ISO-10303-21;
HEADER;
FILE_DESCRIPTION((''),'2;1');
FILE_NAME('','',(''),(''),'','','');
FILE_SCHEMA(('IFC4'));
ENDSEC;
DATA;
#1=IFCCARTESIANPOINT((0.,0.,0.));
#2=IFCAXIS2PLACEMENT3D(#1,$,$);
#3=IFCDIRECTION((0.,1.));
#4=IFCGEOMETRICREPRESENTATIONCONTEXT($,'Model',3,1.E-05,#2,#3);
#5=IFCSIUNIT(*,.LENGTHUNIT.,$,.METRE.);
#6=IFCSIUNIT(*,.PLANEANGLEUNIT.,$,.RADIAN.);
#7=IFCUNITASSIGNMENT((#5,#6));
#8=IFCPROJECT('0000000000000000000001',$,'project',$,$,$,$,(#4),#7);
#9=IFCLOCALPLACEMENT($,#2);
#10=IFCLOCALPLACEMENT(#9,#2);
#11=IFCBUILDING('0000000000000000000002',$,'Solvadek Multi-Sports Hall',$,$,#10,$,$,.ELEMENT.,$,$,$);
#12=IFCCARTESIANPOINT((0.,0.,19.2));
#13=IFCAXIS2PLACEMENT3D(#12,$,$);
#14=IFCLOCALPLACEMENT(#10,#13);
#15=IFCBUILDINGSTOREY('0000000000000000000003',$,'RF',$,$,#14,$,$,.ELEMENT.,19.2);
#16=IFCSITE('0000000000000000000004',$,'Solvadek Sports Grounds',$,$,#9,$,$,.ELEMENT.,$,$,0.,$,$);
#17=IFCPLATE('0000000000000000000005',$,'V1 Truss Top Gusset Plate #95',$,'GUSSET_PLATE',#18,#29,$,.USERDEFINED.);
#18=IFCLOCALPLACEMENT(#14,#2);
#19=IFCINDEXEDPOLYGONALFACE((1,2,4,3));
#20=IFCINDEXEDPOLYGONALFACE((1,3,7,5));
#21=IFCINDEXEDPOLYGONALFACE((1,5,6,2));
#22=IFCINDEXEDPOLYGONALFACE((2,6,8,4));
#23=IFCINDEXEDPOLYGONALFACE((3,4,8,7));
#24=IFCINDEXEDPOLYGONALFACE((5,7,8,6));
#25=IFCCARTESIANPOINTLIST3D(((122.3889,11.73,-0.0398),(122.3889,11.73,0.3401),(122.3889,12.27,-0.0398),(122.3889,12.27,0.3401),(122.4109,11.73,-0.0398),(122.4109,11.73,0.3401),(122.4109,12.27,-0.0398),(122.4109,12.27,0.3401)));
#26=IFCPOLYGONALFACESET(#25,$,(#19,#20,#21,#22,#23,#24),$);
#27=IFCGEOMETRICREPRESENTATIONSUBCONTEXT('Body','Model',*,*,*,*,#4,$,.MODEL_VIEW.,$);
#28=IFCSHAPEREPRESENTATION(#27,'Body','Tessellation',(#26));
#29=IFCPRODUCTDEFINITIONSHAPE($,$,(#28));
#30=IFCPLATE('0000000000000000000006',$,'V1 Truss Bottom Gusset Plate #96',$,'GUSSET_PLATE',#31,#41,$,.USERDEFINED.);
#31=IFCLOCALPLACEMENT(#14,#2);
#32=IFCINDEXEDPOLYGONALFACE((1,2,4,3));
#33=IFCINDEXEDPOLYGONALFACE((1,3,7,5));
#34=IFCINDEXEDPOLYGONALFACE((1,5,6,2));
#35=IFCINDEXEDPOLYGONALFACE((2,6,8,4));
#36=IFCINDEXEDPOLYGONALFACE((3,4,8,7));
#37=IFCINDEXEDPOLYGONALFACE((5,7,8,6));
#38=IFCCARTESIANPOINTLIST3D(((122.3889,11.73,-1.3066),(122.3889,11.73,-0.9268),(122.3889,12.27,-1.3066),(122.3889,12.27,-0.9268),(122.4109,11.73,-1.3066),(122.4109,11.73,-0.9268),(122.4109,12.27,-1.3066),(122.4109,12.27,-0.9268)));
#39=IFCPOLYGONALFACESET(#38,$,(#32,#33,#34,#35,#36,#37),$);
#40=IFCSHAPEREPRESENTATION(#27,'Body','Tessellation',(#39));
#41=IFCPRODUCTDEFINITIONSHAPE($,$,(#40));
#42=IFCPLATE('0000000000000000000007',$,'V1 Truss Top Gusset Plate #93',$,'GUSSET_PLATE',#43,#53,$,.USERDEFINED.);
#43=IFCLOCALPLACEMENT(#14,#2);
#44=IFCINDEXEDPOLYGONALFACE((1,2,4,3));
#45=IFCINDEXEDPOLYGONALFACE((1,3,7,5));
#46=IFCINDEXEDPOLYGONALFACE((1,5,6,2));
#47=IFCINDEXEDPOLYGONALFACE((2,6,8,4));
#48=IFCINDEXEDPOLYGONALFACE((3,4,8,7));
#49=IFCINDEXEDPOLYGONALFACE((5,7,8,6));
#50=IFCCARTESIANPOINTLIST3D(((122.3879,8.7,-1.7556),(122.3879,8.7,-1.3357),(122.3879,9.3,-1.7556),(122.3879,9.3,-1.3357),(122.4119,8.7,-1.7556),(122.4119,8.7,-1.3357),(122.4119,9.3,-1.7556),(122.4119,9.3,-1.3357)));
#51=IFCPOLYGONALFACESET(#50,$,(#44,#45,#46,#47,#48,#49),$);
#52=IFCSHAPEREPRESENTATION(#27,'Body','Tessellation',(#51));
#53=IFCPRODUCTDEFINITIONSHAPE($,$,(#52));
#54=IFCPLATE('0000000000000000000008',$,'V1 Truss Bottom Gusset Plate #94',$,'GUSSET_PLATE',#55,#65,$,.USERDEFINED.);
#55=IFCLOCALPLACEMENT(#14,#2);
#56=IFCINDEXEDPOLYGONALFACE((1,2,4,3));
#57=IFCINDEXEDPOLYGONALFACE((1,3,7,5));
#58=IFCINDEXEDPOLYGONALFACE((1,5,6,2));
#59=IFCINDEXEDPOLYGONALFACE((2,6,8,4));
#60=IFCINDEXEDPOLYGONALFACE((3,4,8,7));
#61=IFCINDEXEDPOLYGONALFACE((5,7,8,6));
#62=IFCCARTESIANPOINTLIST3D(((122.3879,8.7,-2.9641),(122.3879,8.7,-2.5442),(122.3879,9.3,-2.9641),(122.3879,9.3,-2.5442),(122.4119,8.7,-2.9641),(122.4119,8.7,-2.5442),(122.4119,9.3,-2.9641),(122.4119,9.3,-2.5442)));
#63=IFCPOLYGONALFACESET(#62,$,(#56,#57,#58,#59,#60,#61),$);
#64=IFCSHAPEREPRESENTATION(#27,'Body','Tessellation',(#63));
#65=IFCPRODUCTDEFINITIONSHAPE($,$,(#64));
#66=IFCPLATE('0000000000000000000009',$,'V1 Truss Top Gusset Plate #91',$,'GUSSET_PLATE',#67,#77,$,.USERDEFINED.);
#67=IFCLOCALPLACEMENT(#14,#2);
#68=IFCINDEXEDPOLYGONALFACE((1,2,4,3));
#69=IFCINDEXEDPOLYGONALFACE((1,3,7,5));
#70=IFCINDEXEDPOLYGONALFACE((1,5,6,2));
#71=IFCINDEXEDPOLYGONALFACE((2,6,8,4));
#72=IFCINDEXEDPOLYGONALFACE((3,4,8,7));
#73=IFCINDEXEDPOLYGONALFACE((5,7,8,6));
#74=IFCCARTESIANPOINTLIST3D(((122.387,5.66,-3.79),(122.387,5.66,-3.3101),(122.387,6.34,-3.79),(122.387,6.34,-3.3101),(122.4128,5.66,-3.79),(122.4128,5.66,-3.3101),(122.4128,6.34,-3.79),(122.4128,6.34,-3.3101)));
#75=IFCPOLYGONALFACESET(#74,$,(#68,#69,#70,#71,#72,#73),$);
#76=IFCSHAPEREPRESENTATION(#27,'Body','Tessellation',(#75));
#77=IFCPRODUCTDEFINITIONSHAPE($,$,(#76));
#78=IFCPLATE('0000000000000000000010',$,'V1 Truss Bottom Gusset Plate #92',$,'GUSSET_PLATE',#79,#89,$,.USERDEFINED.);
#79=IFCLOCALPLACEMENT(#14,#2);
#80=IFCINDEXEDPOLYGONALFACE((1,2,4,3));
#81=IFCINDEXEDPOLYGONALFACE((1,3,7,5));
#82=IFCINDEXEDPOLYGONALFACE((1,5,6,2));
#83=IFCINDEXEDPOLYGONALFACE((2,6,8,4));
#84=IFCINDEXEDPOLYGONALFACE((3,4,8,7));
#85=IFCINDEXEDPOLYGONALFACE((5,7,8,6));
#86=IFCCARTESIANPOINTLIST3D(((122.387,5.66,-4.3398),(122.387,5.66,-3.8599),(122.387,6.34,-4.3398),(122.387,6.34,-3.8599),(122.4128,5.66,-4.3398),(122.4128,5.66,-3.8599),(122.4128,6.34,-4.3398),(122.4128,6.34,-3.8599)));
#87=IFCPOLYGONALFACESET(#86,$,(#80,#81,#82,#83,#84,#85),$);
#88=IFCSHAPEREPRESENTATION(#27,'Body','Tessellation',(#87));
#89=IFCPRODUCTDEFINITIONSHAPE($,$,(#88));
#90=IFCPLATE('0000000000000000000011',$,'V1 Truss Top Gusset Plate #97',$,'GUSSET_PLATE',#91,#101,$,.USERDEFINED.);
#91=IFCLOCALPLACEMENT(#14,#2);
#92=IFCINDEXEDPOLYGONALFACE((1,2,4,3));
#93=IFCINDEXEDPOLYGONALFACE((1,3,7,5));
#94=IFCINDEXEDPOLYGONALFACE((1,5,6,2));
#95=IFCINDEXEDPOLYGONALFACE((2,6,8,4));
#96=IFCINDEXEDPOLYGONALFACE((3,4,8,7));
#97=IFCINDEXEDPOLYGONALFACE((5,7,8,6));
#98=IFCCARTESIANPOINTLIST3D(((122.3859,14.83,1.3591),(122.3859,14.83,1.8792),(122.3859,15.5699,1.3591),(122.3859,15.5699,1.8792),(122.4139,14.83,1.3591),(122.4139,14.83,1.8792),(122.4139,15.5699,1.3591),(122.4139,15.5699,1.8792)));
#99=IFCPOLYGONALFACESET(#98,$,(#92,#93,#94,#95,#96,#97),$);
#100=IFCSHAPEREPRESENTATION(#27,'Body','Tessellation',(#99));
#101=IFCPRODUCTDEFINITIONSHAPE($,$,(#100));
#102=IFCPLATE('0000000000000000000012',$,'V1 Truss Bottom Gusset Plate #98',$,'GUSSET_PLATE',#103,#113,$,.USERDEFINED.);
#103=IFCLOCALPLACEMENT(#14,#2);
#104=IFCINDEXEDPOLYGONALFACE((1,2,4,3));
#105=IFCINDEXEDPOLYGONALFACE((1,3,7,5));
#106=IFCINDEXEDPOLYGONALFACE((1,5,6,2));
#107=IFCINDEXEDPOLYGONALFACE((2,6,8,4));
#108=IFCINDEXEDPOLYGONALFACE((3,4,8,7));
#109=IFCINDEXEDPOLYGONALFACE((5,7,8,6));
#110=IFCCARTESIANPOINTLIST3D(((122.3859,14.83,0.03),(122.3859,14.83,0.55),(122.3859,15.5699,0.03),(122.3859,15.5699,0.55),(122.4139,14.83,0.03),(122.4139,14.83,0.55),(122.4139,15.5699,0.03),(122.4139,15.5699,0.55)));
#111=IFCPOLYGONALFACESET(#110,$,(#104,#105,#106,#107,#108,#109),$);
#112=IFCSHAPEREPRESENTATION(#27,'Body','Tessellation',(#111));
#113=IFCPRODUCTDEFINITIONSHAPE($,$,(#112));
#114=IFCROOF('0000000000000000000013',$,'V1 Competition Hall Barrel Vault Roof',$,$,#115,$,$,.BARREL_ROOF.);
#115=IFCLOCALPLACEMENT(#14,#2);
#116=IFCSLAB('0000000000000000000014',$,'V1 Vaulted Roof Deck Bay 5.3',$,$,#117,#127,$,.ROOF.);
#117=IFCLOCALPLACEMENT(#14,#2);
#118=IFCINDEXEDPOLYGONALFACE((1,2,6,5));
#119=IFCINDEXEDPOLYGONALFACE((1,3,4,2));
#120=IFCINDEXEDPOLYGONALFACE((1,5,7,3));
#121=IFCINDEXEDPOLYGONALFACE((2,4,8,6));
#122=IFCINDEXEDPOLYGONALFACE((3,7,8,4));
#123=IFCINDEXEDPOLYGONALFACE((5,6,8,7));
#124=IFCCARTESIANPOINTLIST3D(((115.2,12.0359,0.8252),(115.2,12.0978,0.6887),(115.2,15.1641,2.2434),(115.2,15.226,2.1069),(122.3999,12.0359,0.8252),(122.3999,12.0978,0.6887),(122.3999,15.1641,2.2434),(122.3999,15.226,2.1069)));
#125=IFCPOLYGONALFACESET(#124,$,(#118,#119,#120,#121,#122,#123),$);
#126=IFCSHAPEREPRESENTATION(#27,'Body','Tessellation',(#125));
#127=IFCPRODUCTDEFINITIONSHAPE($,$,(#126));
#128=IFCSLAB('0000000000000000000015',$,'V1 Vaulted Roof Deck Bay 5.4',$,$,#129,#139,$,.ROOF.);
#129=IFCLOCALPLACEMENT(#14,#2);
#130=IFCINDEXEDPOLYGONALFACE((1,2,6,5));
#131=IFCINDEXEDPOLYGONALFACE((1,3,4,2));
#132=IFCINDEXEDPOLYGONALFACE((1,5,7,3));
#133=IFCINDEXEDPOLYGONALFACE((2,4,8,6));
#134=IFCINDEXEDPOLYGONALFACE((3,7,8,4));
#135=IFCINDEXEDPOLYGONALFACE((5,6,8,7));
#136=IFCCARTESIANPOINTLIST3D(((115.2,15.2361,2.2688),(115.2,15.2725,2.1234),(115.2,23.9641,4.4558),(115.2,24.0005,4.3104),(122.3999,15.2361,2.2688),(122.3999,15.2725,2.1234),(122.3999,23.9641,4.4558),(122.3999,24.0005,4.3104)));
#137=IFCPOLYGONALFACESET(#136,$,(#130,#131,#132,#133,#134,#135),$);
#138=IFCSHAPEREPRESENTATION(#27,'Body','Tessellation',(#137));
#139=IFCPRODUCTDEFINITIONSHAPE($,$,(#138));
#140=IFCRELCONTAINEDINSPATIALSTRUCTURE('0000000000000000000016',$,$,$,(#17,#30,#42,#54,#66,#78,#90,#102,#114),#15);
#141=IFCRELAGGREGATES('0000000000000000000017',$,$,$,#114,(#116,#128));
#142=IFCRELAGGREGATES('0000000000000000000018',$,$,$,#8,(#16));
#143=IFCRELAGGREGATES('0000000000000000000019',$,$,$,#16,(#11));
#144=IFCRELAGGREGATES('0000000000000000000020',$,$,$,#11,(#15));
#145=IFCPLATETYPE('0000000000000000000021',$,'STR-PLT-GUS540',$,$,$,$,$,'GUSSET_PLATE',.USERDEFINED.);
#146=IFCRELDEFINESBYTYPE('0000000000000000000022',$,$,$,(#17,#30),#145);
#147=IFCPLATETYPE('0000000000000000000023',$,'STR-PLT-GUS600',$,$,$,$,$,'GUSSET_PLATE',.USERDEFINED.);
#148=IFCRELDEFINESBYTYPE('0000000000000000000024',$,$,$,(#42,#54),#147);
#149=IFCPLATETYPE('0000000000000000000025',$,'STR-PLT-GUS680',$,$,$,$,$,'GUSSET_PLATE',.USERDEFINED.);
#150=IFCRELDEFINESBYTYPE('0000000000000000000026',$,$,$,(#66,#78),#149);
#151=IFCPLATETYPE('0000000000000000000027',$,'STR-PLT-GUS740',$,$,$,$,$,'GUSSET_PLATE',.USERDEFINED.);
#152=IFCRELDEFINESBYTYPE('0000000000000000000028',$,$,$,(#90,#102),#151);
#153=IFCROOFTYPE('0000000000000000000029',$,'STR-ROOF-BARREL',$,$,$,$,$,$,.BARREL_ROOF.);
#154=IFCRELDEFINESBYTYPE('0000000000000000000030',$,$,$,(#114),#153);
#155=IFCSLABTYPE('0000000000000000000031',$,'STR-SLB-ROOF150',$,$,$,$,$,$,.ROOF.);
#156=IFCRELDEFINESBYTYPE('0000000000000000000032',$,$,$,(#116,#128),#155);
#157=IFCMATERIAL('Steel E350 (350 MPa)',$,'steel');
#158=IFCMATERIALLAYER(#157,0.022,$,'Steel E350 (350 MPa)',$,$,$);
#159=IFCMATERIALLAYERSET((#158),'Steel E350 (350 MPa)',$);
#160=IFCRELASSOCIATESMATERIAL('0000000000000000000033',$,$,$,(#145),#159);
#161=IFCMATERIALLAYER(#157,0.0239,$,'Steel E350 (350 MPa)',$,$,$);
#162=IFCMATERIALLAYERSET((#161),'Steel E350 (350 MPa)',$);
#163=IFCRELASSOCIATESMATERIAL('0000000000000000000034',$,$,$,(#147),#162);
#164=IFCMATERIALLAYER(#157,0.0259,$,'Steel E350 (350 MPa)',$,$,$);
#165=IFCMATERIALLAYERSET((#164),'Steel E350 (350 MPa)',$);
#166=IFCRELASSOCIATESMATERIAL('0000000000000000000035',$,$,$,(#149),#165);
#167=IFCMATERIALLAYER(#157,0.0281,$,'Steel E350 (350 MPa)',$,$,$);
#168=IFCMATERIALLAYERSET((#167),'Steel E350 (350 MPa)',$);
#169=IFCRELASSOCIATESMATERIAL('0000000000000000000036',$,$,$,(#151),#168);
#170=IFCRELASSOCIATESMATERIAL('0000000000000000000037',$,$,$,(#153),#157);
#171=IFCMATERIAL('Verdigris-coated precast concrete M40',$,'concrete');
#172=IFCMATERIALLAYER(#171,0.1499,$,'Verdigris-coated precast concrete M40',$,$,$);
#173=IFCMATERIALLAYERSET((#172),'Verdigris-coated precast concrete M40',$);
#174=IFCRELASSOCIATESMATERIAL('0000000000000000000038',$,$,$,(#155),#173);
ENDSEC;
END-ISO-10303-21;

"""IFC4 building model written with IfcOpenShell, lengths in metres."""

from ifc_helpers import new_model, si_unit, direction, frame, origin, origin_2d, place, context, subcontext, project, spatial, polyline, rectangle, outline, extrude, material, layer, layer_set, type_object, element, aggregate, save


model = new_model("IFC4")

# Units and contexts
model_context = context("Model", 3, precision=1e-05, world=origin(), true_north=direction((0.0, 1.0)))
body_context = subcontext(model_context, "Body", "Model", "MODEL_VIEW")
ifc_project = project(units=[si_unit("LENGTHUNIT", "METRE"), si_unit("PLANEANGLEUNIT", "RADIAN")], contexts=[model_context])

# Site, building, storey
site_placement = place(None, origin())
site = spatial("IfcSite", under=ifc_project, at=site_placement, Name="Solvadek Sports Grounds", CompositionType="ELEMENT", RefElevation=0.0)
building_placement = place(site_placement, origin())
building = spatial("IfcBuilding", under=site, at=building_placement, Name="Solvadek Multi-Sports Hall", CompositionType="ELEMENT")
storey_placement = place(building_placement, frame((0.0, 0.0, 19.2)))
storey = spatial("IfcBuildingStorey", under=building, at=storey_placement, Name="RF", CompositionType="ELEMENT", Elevation=19.2)

# Shared definitions
ifc_material_1 = material(Name="Steel E350 (350 MPa)", Category="steel")

# Plates
ifc_layer_1 = layer(ifc_material_1, 0.022, Name="Steel E350 (350 MPa)")
ifc_layer_set_1 = layer_set([ifc_layer_1], Name="Steel E350 (350 MPa)")
plate_type_1 = type_object("IfcPlateType", Name="STR-PLT-GUS540", ElementType="GUSSET_PLATE", PredefinedType="USERDEFINED", material=ifc_layer_set_1)
for number, where, z_axis, x_axis, name in (
    (1, (122.3999, 12.0, -0.0398), (0.0, 0.0, 1.0), (0.0, 1.0, 0.0), "V1 Truss Top Gusset Plate #95"),
    (2, (122.3999, 12.0, -1.3066), (0.0, 0.0, 1.0), (0.0, 1.0, 0.0), "V1 Truss Bottom Gusset Plate #96"),
):
    element("IfcPlate", number, at=place(storey_placement, frame(where, z_axis=z_axis, x_axis=x_axis)), inside=storey, type_object=plate_type_1, Name=name, ObjectType="GUSSET_PLATE", PredefinedType="USERDEFINED", context=body_context, shape_type="SweptSolid", body=[
        extrude(rectangle(XDim=0.54, YDim=0.022, at=origin_2d()), origin(), (0.0, 0.0, 1.0), 0.3799),
    ])
ifc_layer_2 = layer(ifc_material_1, 0.0239, Name="Steel E350 (350 MPa)")
ifc_layer_set_2 = layer_set([ifc_layer_2], Name="Steel E350 (350 MPa)")
plate_type_2 = type_object("IfcPlateType", Name="STR-PLT-GUS600", ElementType="GUSSET_PLATE", PredefinedType="USERDEFINED", material=ifc_layer_set_2)
for number, where, z_axis, x_axis, name in (
    (3, (122.3999, 9.0, -1.7556), (0.0, 0.0, 1.0), (0.0, 1.0, 0.0), "V1 Truss Top Gusset Plate #93"),
    (4, (122.3999, 9.0, -2.9641), (0.0, 0.0, 1.0), (0.0, 1.0, 0.0), "V1 Truss Bottom Gusset Plate #94"),
):
    element("IfcPlate", number, at=place(storey_placement, frame(where, z_axis=z_axis, x_axis=x_axis)), inside=storey, type_object=plate_type_2, Name=name, ObjectType="GUSSET_PLATE", PredefinedType="USERDEFINED", context=body_context, shape_type="SweptSolid", body=[
        extrude(rectangle(XDim=0.6001, YDim=0.0239, at=origin_2d()), origin(), (0.0, 0.0, 1.0), 0.4199),
    ])
ifc_layer_3 = layer(ifc_material_1, 0.0259, Name="Steel E350 (350 MPa)")
ifc_layer_set_3 = layer_set([ifc_layer_3], Name="Steel E350 (350 MPa)")
plate_type_3 = type_object("IfcPlateType", Name="STR-PLT-GUS680", ElementType="GUSSET_PLATE", PredefinedType="USERDEFINED", material=ifc_layer_set_3)
for number, where, z_axis, x_axis, name in (
    (5, (122.3999, 6.0, -3.79), (0.0, 0.0, 1.0), (0.0, 1.0, 0.0), "V1 Truss Top Gusset Plate #91"),
    (6, (122.3999, 6.0, -4.3398), (0.0, 0.0, 1.0), (0.0, 1.0, 0.0), "V1 Truss Bottom Gusset Plate #92"),
):
    element("IfcPlate", number, at=place(storey_placement, frame(where, z_axis=z_axis, x_axis=x_axis)), inside=storey, type_object=plate_type_3, Name=name, ObjectType="GUSSET_PLATE", PredefinedType="USERDEFINED", context=body_context, shape_type="SweptSolid", body=[
        extrude(rectangle(XDim=0.6799, YDim=0.0259, at=origin_2d()), origin(), (0.0, 0.0, 1.0), 0.48),
    ])
ifc_layer_4 = layer(ifc_material_1, 0.0281, Name="Steel E350 (350 MPa)")
ifc_layer_set_4 = layer_set([ifc_layer_4], Name="Steel E350 (350 MPa)")
plate_type_4 = type_object("IfcPlateType", Name="STR-PLT-GUS740", ElementType="GUSSET_PLATE", PredefinedType="USERDEFINED", material=ifc_layer_set_4)
for number, where, z_axis, x_axis, name in (
    (7, (122.3999, 15.2, 1.3591), (0.0, 0.0, 1.0), (0.0, 1.0, 0.0), "V1 Truss Top Gusset Plate #97"),
    (8, (122.3999, 15.2, 0.03), (0.0, 0.0, 1.0), (0.0, 1.0, 0.0), "V1 Truss Bottom Gusset Plate #98"),
):
    element("IfcPlate", number, at=place(storey_placement, frame(where, z_axis=z_axis, x_axis=x_axis)), inside=storey, type_object=plate_type_4, Name=name, ObjectType="GUSSET_PLATE", PredefinedType="USERDEFINED", context=body_context, shape_type="SweptSolid", body=[
        extrude(rectangle(XDim=0.74, YDim=0.0281, at=origin_2d()), origin(), (0.0, 0.0, 1.0), 0.52),
    ])

# Roof, slabs
roof_type = type_object("IfcRoofType", Name="STR-ROOF-BARREL", PredefinedType="BARREL_ROOF", material=ifc_material_1)
roof_placement = place(storey_placement, origin())
roof = element("IfcRoof", 9, at=roof_placement, inside=storey, type_object=roof_type, Name="V1 Competition Hall Barrel Vault Roof", PredefinedType="BARREL_ROOF")
ifc_material_2 = material(Name="Verdigris-coated precast concrete M40", Category="concrete")
ifc_layer_5 = layer(ifc_material_2, 0.1499, Name="Verdigris-coated precast concrete M40")
ifc_layer_set_5 = layer_set([ifc_layer_5], Name="Verdigris-coated precast concrete M40")
slab_type = type_object("IfcSlabType", Name="STR-SLB-ROOF150", PredefinedType="ROOF", material=ifc_layer_set_5)
slab_1_placement = place(storey_placement, frame((115.2, 12.0359, 0.8252), z_axis=(0.0, -0.412914, 0.91077), x_axis=(1.0, 0.0, 0.0)))
slab_1 = element("IfcSlab", 10, at=slab_1_placement, type_object=slab_type, Name="V1 Vaulted Roof Deck Bay 5.3", PredefinedType="ROOF", context=body_context, shape_type="SweptSolid", body=[
    extrude(outline(polyline([(0.0, 0.0), (7.2, 0.0), (7.2, 3.4346), (0.0, 3.4346), (0.0, 0.0)])), origin(), (0.0, 0.0, -1.0), 0.1499),
])
slab_2_placement = place(storey_placement, frame((115.2, 15.2361, 2.2688), z_axis=(0.0, -0.243059, 0.970011), x_axis=(1.0, 0.0, 0.0)))
slab_2 = element("IfcSlab", 11, at=slab_2_placement, type_object=slab_type, Name="V1 Vaulted Roof Deck Bay 5.4", PredefinedType="ROOF", context=body_context, shape_type="SweptSolid", body=[
    extrude(outline(polyline([(0.0, 0.0), (7.2, 0.0), (7.2, 8.9979), (0.0, 8.9979), (0.0, 0.0)])), origin(), (0.0, 0.0, -1.0), 0.1499),
])
aggregate(roof, [slab_1, slab_2])

save(model, "model.ifc")
